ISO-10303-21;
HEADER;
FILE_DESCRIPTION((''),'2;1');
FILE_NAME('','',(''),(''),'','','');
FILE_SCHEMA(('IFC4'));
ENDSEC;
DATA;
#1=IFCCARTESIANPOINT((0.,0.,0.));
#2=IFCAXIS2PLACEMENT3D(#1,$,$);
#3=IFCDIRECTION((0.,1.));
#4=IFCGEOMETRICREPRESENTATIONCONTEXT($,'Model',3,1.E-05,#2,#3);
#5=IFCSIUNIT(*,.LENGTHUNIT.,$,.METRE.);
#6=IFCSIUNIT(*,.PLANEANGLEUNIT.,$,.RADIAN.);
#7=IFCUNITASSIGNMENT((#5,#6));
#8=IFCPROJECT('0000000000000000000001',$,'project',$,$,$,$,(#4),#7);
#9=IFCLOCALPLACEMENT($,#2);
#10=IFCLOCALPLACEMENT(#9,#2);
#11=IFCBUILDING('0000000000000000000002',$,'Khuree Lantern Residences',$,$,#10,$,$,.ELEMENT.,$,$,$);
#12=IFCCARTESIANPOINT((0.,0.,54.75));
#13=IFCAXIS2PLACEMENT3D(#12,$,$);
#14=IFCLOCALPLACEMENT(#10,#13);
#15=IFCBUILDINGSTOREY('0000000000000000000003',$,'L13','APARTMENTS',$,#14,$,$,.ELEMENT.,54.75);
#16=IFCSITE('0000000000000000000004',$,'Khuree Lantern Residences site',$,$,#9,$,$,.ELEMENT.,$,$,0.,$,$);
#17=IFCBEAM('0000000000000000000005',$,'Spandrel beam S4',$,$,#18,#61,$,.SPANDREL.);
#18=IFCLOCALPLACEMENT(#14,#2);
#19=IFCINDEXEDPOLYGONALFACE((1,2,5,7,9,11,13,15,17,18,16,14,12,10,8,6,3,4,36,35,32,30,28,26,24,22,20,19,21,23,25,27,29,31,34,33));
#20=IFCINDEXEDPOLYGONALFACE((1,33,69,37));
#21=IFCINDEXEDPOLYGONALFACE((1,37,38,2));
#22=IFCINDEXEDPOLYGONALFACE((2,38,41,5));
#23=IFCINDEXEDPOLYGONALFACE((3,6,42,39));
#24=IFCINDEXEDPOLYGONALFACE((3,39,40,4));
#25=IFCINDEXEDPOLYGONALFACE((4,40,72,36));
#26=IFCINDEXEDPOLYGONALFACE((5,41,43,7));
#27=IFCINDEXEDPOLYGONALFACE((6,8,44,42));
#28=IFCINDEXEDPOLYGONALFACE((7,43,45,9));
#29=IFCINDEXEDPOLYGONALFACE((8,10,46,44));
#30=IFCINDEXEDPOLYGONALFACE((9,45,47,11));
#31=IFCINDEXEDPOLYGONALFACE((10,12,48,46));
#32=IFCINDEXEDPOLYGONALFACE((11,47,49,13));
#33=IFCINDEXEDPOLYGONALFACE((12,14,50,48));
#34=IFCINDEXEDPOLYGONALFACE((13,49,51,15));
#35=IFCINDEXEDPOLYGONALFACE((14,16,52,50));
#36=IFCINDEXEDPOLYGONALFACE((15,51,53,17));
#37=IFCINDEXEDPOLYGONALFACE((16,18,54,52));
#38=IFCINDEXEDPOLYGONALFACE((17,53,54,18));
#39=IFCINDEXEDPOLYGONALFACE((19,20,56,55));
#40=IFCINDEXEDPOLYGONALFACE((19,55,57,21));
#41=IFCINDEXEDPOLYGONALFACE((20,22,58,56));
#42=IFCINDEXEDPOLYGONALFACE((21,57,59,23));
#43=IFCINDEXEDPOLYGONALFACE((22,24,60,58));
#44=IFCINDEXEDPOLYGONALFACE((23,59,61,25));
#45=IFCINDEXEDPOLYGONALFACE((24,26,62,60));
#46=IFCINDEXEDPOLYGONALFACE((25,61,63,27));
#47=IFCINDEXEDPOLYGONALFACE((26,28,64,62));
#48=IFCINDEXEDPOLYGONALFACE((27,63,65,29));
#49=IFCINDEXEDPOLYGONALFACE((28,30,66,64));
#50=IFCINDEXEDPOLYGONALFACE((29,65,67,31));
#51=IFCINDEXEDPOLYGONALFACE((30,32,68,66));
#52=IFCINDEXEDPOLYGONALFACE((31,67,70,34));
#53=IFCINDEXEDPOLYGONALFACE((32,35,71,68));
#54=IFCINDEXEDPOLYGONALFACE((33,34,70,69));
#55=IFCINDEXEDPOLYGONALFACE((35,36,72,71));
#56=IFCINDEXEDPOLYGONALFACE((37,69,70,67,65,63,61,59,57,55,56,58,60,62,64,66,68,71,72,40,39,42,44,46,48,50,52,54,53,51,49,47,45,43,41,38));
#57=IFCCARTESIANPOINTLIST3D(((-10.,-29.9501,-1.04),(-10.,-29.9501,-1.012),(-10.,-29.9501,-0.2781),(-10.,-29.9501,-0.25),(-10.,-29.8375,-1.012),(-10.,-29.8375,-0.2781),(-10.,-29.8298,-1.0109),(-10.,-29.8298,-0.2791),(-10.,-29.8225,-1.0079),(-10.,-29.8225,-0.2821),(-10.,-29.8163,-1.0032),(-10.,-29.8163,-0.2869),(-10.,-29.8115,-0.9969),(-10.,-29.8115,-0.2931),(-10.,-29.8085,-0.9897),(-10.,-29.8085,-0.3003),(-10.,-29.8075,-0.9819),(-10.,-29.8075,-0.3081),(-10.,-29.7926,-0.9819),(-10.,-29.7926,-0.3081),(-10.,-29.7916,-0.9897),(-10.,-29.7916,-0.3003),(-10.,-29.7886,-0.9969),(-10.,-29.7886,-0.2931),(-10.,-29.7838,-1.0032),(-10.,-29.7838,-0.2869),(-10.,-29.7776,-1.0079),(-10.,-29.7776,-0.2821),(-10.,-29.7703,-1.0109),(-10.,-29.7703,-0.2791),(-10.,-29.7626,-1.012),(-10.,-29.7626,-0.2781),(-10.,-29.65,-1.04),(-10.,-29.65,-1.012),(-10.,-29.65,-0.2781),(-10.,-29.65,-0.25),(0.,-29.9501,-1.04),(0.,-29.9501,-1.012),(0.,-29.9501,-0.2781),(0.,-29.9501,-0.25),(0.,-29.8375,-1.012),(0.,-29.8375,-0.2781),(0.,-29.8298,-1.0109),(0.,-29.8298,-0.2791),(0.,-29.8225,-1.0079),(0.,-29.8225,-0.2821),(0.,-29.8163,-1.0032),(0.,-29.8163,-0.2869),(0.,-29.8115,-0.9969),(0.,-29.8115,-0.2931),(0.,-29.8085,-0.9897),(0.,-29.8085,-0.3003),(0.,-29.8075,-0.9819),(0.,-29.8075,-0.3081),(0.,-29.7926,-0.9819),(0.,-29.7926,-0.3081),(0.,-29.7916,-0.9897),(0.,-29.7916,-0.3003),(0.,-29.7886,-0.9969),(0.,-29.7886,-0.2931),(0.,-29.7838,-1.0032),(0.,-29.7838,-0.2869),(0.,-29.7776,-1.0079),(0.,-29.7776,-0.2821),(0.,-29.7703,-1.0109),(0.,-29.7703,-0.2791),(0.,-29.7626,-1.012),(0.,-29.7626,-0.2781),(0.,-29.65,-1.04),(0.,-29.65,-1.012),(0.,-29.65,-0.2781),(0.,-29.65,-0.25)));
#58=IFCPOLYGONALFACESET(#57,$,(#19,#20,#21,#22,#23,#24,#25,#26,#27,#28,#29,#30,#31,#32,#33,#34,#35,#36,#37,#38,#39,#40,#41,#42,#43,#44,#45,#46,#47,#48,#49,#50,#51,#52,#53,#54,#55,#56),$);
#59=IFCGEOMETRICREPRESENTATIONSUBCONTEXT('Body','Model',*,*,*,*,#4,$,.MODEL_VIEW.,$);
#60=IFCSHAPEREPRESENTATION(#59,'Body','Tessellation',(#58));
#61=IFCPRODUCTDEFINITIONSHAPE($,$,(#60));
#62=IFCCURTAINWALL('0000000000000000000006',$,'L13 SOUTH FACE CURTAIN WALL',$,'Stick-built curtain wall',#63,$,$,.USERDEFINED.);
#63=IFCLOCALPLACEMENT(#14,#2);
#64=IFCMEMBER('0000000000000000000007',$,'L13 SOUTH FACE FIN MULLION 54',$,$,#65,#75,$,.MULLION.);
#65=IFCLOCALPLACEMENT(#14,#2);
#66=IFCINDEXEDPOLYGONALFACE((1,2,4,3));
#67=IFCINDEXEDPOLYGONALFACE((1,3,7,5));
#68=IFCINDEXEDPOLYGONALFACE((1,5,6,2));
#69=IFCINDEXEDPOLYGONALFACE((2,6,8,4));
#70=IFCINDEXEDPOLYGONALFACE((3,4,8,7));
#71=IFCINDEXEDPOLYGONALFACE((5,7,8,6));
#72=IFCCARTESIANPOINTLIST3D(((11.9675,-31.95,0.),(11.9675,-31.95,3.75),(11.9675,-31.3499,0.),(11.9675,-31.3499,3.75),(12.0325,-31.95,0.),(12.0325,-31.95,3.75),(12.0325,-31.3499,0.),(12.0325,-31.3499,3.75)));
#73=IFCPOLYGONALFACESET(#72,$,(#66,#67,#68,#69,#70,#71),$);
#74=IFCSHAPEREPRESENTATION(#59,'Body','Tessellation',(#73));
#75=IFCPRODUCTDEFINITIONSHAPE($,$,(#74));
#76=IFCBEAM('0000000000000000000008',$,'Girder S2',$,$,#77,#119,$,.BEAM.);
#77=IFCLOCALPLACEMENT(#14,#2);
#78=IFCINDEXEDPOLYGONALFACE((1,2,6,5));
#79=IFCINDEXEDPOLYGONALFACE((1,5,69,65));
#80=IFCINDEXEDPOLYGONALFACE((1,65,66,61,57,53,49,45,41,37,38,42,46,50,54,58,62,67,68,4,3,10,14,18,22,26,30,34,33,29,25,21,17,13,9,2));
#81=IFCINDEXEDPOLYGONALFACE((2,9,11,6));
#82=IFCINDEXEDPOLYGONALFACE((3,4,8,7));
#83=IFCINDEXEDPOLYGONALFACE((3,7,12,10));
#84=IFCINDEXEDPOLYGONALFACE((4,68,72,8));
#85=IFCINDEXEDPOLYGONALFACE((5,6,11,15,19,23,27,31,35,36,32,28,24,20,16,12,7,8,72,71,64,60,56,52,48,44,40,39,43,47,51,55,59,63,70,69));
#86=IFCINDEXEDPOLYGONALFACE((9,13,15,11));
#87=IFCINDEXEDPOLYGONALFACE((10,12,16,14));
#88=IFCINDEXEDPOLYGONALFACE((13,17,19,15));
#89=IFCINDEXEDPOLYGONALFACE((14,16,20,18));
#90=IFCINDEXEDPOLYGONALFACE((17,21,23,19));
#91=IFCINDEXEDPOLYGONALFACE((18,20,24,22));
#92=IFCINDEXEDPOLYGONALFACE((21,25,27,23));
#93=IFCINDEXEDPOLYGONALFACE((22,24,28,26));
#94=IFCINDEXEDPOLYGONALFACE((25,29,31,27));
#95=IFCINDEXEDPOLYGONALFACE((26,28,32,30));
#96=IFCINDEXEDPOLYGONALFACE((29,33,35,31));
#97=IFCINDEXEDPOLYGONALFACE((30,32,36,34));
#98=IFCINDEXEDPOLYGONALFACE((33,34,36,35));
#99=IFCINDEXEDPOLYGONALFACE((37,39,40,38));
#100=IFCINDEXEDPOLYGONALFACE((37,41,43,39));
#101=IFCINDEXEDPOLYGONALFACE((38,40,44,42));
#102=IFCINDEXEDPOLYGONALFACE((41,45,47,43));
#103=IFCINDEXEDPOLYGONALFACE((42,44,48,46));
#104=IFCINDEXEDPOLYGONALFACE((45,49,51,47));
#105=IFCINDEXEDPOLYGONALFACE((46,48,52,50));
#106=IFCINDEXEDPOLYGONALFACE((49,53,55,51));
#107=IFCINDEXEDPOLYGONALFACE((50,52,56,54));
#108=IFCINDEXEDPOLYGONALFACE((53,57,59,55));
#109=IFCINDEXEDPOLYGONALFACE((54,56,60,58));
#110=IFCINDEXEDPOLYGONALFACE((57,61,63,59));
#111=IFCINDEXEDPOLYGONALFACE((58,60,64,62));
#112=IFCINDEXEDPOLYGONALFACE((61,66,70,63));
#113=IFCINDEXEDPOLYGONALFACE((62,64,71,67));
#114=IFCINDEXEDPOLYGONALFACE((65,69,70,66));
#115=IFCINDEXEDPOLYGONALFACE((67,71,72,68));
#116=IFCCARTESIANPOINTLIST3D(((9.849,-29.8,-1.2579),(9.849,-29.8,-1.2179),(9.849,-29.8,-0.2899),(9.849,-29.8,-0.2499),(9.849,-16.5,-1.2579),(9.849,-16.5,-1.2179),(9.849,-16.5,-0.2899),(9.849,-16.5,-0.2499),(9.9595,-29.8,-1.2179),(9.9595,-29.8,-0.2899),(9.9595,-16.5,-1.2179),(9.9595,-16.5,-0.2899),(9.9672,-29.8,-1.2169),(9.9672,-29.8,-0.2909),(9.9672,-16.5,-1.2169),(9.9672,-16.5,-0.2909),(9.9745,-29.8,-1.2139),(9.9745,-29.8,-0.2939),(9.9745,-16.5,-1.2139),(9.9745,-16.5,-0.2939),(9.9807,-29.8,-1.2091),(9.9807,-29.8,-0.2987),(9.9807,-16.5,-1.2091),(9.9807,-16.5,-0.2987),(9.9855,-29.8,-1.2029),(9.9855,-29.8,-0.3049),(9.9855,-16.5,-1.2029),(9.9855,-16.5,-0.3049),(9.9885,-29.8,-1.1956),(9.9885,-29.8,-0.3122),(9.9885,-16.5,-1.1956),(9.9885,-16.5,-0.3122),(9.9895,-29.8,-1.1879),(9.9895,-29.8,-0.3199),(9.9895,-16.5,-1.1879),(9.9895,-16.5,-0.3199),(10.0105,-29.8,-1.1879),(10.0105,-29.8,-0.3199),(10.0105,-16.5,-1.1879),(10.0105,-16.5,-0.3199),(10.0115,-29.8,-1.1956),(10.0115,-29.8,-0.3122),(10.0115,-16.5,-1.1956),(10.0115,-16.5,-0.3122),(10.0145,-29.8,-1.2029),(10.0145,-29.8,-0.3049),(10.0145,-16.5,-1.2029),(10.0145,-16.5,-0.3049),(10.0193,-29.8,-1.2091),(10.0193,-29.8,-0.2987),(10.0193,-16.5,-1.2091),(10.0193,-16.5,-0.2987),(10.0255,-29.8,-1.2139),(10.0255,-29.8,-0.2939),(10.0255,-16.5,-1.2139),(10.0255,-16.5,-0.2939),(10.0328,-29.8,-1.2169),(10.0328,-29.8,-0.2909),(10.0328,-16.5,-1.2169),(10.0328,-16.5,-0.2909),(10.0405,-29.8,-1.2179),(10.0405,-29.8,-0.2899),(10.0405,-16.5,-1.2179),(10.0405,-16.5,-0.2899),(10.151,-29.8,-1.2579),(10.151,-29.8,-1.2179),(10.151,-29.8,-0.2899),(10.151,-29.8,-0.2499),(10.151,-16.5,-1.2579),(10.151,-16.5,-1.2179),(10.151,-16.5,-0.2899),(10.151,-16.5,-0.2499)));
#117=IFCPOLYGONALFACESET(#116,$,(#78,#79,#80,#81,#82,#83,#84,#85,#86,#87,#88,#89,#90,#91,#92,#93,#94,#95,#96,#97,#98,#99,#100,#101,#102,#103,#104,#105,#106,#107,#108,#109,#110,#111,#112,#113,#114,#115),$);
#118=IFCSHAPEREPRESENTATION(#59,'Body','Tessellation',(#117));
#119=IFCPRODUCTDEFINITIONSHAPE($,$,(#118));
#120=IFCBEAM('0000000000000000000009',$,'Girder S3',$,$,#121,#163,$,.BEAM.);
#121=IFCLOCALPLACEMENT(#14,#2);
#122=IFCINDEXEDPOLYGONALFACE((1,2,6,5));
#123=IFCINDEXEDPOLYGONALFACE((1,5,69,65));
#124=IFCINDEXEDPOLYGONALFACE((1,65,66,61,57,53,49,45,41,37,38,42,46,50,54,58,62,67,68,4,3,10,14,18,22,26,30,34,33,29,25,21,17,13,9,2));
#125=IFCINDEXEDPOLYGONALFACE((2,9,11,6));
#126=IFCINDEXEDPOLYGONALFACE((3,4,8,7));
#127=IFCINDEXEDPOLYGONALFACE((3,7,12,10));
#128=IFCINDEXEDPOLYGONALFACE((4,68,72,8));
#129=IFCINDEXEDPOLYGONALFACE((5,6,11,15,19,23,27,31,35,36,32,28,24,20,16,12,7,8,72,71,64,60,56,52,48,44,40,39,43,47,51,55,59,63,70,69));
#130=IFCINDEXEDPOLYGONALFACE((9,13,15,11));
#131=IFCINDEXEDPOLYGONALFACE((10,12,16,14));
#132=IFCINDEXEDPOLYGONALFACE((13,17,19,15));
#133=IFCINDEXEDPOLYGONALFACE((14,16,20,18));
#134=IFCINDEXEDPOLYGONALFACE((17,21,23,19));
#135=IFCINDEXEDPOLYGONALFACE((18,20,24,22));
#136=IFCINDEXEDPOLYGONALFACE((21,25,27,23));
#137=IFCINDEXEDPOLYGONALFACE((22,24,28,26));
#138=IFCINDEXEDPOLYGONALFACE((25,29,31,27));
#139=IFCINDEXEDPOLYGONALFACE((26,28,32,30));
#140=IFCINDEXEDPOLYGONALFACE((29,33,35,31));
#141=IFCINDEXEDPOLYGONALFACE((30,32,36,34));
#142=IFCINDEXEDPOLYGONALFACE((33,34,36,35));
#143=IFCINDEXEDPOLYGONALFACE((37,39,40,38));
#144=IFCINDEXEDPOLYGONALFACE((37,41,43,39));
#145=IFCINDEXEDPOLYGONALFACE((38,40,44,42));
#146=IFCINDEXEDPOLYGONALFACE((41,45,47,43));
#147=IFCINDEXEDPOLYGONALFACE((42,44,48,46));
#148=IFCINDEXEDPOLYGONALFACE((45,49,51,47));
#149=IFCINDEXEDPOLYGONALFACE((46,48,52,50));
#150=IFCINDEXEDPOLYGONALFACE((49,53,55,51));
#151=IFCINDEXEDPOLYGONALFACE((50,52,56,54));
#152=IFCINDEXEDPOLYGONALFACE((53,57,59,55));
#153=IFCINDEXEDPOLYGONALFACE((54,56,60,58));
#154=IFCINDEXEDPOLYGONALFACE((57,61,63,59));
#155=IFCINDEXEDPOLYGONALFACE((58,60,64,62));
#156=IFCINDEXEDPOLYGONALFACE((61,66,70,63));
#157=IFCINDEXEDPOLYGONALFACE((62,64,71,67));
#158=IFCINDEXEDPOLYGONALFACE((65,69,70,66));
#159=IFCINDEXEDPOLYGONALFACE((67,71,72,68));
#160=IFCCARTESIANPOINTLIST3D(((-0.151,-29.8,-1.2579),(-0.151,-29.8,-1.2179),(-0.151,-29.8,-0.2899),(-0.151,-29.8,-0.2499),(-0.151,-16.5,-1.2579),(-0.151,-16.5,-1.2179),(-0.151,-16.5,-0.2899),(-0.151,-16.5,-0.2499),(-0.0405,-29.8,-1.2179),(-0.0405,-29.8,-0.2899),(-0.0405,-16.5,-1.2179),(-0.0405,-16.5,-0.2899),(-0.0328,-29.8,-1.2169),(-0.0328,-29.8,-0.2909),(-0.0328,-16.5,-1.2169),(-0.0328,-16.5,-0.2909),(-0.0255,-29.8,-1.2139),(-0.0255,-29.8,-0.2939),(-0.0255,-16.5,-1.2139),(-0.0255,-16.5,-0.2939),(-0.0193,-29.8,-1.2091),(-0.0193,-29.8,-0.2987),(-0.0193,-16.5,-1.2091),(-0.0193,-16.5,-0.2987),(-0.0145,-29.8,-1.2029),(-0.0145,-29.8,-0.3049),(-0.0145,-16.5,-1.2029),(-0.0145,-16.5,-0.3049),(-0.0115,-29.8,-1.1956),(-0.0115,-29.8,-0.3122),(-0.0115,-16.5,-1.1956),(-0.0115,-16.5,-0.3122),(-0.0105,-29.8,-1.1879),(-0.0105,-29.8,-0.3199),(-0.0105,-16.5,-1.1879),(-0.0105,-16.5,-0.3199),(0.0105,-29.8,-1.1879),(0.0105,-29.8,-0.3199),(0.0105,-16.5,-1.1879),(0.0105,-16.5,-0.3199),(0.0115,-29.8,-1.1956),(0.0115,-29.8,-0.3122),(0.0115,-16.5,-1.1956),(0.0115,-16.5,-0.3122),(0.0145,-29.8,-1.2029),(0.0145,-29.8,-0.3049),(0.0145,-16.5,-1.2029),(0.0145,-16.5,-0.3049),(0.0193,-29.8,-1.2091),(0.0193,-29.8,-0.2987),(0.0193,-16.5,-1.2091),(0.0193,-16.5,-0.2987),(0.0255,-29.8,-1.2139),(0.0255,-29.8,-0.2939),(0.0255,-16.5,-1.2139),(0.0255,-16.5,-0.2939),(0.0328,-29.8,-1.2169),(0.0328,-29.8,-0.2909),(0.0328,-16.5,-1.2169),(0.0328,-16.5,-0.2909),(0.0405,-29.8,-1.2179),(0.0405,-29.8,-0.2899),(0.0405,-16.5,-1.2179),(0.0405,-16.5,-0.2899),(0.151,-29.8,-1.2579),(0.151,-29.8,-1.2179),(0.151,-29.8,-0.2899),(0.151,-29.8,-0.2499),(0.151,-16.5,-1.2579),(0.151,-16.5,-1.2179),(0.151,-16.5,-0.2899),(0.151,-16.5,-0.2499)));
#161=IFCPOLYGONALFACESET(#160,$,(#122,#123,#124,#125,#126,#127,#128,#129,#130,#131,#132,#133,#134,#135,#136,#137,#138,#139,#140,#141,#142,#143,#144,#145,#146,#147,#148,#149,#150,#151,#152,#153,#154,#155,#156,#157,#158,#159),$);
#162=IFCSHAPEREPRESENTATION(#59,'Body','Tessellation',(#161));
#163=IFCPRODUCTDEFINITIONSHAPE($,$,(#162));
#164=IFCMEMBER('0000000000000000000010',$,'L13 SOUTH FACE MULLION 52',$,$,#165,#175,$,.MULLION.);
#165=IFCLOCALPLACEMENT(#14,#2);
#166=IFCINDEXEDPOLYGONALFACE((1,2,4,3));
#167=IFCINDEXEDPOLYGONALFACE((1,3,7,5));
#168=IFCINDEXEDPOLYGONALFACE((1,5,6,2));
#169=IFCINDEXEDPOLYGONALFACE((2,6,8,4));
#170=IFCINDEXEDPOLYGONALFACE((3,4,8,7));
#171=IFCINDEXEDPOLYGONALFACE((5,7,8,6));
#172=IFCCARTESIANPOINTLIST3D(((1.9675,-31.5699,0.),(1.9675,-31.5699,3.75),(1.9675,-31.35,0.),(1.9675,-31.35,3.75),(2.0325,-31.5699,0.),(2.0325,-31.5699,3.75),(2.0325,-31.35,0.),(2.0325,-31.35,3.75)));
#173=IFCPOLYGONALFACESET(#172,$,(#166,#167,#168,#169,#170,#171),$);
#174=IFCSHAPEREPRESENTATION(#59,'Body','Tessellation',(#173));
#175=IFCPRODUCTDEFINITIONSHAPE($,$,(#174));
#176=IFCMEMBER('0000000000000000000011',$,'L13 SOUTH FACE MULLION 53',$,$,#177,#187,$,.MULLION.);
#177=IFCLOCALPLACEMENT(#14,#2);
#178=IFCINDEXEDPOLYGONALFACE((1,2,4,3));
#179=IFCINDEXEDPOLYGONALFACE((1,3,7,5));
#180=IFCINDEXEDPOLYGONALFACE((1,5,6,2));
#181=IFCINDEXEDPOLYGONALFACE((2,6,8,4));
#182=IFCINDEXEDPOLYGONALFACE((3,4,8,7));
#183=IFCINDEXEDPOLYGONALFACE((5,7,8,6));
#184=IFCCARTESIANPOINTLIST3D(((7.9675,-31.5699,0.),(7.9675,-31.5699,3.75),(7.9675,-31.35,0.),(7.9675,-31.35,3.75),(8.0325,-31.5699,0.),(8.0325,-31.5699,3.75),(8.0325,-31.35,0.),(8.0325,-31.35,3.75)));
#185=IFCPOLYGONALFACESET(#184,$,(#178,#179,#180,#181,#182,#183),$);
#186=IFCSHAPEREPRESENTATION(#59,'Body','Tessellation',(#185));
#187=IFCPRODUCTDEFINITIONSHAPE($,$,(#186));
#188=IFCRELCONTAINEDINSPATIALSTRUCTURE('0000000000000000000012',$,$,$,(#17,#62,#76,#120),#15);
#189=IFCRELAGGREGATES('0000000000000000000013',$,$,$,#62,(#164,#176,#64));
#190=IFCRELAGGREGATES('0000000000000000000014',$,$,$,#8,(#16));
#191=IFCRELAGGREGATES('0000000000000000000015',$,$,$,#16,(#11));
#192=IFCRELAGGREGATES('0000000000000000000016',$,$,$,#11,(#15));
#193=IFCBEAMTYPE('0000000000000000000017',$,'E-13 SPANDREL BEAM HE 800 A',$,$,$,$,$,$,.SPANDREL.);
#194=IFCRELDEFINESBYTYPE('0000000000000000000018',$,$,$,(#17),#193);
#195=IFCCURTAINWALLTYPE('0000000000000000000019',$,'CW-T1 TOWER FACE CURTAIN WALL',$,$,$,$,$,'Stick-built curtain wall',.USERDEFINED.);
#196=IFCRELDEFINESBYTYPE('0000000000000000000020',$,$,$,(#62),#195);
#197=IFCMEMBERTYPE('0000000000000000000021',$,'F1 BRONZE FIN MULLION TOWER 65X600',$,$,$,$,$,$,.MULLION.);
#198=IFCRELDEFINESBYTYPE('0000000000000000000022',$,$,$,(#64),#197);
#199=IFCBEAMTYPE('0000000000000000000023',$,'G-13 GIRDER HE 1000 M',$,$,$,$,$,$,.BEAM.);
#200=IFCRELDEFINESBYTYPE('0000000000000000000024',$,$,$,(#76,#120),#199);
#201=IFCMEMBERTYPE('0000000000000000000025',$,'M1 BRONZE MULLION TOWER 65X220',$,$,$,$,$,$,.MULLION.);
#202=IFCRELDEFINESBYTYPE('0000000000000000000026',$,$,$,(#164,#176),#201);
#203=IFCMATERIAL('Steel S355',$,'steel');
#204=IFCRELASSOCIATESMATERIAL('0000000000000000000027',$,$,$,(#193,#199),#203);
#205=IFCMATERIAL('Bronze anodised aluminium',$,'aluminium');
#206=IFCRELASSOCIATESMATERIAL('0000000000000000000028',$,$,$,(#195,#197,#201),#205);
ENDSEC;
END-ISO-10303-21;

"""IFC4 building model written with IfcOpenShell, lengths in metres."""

from ifc_helpers import new_model, si_unit, direction, frame, origin, origin_2d, place, context, subcontext, project, spatial, rectangle, i_section, extrude, material, material_profile, profile_set, type_object, element, aggregate, save


model = new_model("IFC4")

# Units and contexts
model_context = context("Model", 3, precision=1e-05, world=origin(), true_north=direction((0.0, 1.0)))
body_context = subcontext(model_context, "Body", "Model", "MODEL_VIEW")
ifc_project = project(units=[si_unit("LENGTHUNIT", "METRE"), si_unit("PLANEANGLEUNIT", "RADIAN")], contexts=[model_context])

# Site, building, storey
site_placement = place(None, origin())
site = spatial("IfcSite", under=ifc_project, at=site_placement, Name="Khuree Lantern Residences site", CompositionType="ELEMENT", RefElevation=0.0)
building_placement = place(site_placement, origin())
building = spatial("IfcBuilding", under=site, at=building_placement, Name="Khuree Lantern Residences", CompositionType="ELEMENT")
storey_placement = place(building_placement, frame((0.0, 0.0, 54.75)))
storey = spatial("IfcBuildingStorey", under=building, at=storey_placement, Name="L13", Description="APARTMENTS", CompositionType="ELEMENT", Elevation=54.75)

# Beam
ifc_material_1 = material(Name="Steel S355", Category="steel")
ifc_material_profile_1 = material_profile(ifc_material_1, i_section(OverallWidth=0.3, OverallDepth=0.79, WebThickness=0.0149, FlangeThickness=0.0281, FilletRadius=0.03, at=origin_2d()), Name="HE 800 A")
ifc_profile_set_1 = profile_set([ifc_material_profile_1], Name="Steel S355")
beam_type_1 = type_object("IfcBeamType", Name="E-13 SPANDREL BEAM HE 800 A", PredefinedType="SPANDREL", material=ifc_profile_set_1)
for number, where, z_axis, x_axis, name in (
    (1, (0.0, -29.8, -0.645), (-1.0, 0.0, 0.0), (0.0, -1.0, 0.0), "Spandrel beam S4"),
):
    element("IfcBeam", number, at=place(storey_placement, frame(where, z_axis=z_axis, x_axis=x_axis)), inside=storey, type_object=beam_type_1, Name=name, PredefinedType="SPANDREL", context=body_context, shape_type="SweptSolid", body=[
        extrude(i_section(OverallWidth=0.3, OverallDepth=0.79, WebThickness=0.0149, FlangeThickness=0.0281, FilletRadius=0.03, at=origin_2d()), origin(), (0.0, 0.0, 1.0), 10.0),
    ])

# Curtain wall, member
ifc_material_2 = material(Name="Bronze anodised aluminium", Category="aluminium")
curtain_wall_type = type_object("IfcCurtainWallType", Name="CW-T1 TOWER FACE CURTAIN WALL", ElementType="Stick-built curtain wall", PredefinedType="USERDEFINED", material=ifc_material_2)
curtain_wall_placement = place(storey_placement, origin())
curtain_wall = element("IfcCurtainWall", 2, at=curtain_wall_placement, inside=storey, type_object=curtain_wall_type, Name="L13 SOUTH FACE CURTAIN WALL", ObjectType="Stick-built curtain wall", PredefinedType="USERDEFINED")
ifc_material_profile_2 = material_profile(ifc_material_2, rectangle(XDim=0.0649, YDim=0.6001, at=origin_2d()), Name="F1 65X600")
ifc_profile_set_2 = profile_set([ifc_material_profile_2], Name="Bronze anodised aluminium")
member_type_1 = type_object("IfcMemberType", Name="F1 BRONZE FIN MULLION TOWER 65X600", PredefinedType="MULLION", material=ifc_profile_set_2)
member_1_placement = place(storey_placement, frame((12.0, -31.6499, 0.0), z_axis=(0.0, 0.0, 1.0), x_axis=(1.0, 0.0, 0.0)))
member_1 = element("IfcMember", 3, at=member_1_placement, type_object=member_type_1, Name="L13 SOUTH FACE FIN MULLION 54", PredefinedType="MULLION", context=body_context, shape_type="SweptSolid", body=[
    extrude(rectangle(XDim=0.0649, YDim=0.6001, at=origin_2d()), origin(), (0.0, 0.0, 1.0), 3.75),
])

# Beams
ifc_material_profile_3 = material_profile(ifc_material_1, i_section(OverallWidth=0.302, OverallDepth=1.0081, WebThickness=0.021, FlangeThickness=0.04, FilletRadius=0.03, at=origin_2d()), Name="HE 1000 M")
ifc_profile_set_3 = profile_set([ifc_material_profile_3], Name="Steel S355")
beam_type_2 = type_object("IfcBeamType", Name="G-13 GIRDER HE 1000 M", PredefinedType="BEAM", material=ifc_profile_set_3)
for number, where, z_axis, x_axis, name in (
    (4, (10.0, -29.8, -0.7539), (0.0, 1.0, 0.0), (-1.0, 0.0, 0.0), "Girder S2"),
    (5, (0.0, -29.8, -0.7539), (0.0, 1.0, 0.0), (-1.0, 0.0, 0.0), "Girder S3"),
):
    element("IfcBeam", number, at=place(storey_placement, frame(where, z_axis=z_axis, x_axis=x_axis)), inside=storey, type_object=beam_type_2, Name=name, PredefinedType="BEAM", context=body_context, shape_type="SweptSolid", body=[
        extrude(i_section(OverallWidth=0.302, OverallDepth=1.0081, WebThickness=0.021, FlangeThickness=0.04, FilletRadius=0.03, at=origin_2d()), origin(), (0.0, 0.0, 1.0), 13.3),
    ])

# Members
ifc_material_profile_4 = material_profile(ifc_material_2, rectangle(XDim=0.0649, YDim=0.22, at=origin_2d()), Name="M1 65X220")
ifc_profile_set_4 = profile_set([ifc_material_profile_4], Name="Bronze anodised aluminium")
member_type_2 = type_object("IfcMemberType", Name="M1 BRONZE MULLION TOWER 65X220", PredefinedType="MULLION", material=ifc_profile_set_4)
member_2_placement = place(storey_placement, frame((2.0, -31.46, 0.0), z_axis=(0.0, 0.0, 1.0), x_axis=(1.0, 0.0, 0.0)))
member_2 = element("IfcMember", 6, at=member_2_placement, type_object=member_type_2, Name="L13 SOUTH FACE MULLION 52", PredefinedType="MULLION", context=body_context, shape_type="SweptSolid", body=[
    extrude(rectangle(XDim=0.0649, YDim=0.22, at=origin_2d()), origin(), (0.0, 0.0, 1.0), 3.75),
])
member_3_placement = place(storey_placement, frame((8.0, -31.46, 0.0), z_axis=(0.0, 0.0, 1.0), x_axis=(1.0, 0.0, 0.0)))
member_3 = element("IfcMember", 7, at=member_3_placement, type_object=member_type_2, Name="L13 SOUTH FACE MULLION 53", PredefinedType="MULLION", context=body_context, shape_type="SweptSolid", body=[
    extrude(rectangle(XDim=0.0649, YDim=0.22, at=origin_2d()), origin(), (0.0, 0.0, 1.0), 3.75),
])

aggregate(curtain_wall, [member_2, member_3, member_1])

save(model, "model.ifc")
